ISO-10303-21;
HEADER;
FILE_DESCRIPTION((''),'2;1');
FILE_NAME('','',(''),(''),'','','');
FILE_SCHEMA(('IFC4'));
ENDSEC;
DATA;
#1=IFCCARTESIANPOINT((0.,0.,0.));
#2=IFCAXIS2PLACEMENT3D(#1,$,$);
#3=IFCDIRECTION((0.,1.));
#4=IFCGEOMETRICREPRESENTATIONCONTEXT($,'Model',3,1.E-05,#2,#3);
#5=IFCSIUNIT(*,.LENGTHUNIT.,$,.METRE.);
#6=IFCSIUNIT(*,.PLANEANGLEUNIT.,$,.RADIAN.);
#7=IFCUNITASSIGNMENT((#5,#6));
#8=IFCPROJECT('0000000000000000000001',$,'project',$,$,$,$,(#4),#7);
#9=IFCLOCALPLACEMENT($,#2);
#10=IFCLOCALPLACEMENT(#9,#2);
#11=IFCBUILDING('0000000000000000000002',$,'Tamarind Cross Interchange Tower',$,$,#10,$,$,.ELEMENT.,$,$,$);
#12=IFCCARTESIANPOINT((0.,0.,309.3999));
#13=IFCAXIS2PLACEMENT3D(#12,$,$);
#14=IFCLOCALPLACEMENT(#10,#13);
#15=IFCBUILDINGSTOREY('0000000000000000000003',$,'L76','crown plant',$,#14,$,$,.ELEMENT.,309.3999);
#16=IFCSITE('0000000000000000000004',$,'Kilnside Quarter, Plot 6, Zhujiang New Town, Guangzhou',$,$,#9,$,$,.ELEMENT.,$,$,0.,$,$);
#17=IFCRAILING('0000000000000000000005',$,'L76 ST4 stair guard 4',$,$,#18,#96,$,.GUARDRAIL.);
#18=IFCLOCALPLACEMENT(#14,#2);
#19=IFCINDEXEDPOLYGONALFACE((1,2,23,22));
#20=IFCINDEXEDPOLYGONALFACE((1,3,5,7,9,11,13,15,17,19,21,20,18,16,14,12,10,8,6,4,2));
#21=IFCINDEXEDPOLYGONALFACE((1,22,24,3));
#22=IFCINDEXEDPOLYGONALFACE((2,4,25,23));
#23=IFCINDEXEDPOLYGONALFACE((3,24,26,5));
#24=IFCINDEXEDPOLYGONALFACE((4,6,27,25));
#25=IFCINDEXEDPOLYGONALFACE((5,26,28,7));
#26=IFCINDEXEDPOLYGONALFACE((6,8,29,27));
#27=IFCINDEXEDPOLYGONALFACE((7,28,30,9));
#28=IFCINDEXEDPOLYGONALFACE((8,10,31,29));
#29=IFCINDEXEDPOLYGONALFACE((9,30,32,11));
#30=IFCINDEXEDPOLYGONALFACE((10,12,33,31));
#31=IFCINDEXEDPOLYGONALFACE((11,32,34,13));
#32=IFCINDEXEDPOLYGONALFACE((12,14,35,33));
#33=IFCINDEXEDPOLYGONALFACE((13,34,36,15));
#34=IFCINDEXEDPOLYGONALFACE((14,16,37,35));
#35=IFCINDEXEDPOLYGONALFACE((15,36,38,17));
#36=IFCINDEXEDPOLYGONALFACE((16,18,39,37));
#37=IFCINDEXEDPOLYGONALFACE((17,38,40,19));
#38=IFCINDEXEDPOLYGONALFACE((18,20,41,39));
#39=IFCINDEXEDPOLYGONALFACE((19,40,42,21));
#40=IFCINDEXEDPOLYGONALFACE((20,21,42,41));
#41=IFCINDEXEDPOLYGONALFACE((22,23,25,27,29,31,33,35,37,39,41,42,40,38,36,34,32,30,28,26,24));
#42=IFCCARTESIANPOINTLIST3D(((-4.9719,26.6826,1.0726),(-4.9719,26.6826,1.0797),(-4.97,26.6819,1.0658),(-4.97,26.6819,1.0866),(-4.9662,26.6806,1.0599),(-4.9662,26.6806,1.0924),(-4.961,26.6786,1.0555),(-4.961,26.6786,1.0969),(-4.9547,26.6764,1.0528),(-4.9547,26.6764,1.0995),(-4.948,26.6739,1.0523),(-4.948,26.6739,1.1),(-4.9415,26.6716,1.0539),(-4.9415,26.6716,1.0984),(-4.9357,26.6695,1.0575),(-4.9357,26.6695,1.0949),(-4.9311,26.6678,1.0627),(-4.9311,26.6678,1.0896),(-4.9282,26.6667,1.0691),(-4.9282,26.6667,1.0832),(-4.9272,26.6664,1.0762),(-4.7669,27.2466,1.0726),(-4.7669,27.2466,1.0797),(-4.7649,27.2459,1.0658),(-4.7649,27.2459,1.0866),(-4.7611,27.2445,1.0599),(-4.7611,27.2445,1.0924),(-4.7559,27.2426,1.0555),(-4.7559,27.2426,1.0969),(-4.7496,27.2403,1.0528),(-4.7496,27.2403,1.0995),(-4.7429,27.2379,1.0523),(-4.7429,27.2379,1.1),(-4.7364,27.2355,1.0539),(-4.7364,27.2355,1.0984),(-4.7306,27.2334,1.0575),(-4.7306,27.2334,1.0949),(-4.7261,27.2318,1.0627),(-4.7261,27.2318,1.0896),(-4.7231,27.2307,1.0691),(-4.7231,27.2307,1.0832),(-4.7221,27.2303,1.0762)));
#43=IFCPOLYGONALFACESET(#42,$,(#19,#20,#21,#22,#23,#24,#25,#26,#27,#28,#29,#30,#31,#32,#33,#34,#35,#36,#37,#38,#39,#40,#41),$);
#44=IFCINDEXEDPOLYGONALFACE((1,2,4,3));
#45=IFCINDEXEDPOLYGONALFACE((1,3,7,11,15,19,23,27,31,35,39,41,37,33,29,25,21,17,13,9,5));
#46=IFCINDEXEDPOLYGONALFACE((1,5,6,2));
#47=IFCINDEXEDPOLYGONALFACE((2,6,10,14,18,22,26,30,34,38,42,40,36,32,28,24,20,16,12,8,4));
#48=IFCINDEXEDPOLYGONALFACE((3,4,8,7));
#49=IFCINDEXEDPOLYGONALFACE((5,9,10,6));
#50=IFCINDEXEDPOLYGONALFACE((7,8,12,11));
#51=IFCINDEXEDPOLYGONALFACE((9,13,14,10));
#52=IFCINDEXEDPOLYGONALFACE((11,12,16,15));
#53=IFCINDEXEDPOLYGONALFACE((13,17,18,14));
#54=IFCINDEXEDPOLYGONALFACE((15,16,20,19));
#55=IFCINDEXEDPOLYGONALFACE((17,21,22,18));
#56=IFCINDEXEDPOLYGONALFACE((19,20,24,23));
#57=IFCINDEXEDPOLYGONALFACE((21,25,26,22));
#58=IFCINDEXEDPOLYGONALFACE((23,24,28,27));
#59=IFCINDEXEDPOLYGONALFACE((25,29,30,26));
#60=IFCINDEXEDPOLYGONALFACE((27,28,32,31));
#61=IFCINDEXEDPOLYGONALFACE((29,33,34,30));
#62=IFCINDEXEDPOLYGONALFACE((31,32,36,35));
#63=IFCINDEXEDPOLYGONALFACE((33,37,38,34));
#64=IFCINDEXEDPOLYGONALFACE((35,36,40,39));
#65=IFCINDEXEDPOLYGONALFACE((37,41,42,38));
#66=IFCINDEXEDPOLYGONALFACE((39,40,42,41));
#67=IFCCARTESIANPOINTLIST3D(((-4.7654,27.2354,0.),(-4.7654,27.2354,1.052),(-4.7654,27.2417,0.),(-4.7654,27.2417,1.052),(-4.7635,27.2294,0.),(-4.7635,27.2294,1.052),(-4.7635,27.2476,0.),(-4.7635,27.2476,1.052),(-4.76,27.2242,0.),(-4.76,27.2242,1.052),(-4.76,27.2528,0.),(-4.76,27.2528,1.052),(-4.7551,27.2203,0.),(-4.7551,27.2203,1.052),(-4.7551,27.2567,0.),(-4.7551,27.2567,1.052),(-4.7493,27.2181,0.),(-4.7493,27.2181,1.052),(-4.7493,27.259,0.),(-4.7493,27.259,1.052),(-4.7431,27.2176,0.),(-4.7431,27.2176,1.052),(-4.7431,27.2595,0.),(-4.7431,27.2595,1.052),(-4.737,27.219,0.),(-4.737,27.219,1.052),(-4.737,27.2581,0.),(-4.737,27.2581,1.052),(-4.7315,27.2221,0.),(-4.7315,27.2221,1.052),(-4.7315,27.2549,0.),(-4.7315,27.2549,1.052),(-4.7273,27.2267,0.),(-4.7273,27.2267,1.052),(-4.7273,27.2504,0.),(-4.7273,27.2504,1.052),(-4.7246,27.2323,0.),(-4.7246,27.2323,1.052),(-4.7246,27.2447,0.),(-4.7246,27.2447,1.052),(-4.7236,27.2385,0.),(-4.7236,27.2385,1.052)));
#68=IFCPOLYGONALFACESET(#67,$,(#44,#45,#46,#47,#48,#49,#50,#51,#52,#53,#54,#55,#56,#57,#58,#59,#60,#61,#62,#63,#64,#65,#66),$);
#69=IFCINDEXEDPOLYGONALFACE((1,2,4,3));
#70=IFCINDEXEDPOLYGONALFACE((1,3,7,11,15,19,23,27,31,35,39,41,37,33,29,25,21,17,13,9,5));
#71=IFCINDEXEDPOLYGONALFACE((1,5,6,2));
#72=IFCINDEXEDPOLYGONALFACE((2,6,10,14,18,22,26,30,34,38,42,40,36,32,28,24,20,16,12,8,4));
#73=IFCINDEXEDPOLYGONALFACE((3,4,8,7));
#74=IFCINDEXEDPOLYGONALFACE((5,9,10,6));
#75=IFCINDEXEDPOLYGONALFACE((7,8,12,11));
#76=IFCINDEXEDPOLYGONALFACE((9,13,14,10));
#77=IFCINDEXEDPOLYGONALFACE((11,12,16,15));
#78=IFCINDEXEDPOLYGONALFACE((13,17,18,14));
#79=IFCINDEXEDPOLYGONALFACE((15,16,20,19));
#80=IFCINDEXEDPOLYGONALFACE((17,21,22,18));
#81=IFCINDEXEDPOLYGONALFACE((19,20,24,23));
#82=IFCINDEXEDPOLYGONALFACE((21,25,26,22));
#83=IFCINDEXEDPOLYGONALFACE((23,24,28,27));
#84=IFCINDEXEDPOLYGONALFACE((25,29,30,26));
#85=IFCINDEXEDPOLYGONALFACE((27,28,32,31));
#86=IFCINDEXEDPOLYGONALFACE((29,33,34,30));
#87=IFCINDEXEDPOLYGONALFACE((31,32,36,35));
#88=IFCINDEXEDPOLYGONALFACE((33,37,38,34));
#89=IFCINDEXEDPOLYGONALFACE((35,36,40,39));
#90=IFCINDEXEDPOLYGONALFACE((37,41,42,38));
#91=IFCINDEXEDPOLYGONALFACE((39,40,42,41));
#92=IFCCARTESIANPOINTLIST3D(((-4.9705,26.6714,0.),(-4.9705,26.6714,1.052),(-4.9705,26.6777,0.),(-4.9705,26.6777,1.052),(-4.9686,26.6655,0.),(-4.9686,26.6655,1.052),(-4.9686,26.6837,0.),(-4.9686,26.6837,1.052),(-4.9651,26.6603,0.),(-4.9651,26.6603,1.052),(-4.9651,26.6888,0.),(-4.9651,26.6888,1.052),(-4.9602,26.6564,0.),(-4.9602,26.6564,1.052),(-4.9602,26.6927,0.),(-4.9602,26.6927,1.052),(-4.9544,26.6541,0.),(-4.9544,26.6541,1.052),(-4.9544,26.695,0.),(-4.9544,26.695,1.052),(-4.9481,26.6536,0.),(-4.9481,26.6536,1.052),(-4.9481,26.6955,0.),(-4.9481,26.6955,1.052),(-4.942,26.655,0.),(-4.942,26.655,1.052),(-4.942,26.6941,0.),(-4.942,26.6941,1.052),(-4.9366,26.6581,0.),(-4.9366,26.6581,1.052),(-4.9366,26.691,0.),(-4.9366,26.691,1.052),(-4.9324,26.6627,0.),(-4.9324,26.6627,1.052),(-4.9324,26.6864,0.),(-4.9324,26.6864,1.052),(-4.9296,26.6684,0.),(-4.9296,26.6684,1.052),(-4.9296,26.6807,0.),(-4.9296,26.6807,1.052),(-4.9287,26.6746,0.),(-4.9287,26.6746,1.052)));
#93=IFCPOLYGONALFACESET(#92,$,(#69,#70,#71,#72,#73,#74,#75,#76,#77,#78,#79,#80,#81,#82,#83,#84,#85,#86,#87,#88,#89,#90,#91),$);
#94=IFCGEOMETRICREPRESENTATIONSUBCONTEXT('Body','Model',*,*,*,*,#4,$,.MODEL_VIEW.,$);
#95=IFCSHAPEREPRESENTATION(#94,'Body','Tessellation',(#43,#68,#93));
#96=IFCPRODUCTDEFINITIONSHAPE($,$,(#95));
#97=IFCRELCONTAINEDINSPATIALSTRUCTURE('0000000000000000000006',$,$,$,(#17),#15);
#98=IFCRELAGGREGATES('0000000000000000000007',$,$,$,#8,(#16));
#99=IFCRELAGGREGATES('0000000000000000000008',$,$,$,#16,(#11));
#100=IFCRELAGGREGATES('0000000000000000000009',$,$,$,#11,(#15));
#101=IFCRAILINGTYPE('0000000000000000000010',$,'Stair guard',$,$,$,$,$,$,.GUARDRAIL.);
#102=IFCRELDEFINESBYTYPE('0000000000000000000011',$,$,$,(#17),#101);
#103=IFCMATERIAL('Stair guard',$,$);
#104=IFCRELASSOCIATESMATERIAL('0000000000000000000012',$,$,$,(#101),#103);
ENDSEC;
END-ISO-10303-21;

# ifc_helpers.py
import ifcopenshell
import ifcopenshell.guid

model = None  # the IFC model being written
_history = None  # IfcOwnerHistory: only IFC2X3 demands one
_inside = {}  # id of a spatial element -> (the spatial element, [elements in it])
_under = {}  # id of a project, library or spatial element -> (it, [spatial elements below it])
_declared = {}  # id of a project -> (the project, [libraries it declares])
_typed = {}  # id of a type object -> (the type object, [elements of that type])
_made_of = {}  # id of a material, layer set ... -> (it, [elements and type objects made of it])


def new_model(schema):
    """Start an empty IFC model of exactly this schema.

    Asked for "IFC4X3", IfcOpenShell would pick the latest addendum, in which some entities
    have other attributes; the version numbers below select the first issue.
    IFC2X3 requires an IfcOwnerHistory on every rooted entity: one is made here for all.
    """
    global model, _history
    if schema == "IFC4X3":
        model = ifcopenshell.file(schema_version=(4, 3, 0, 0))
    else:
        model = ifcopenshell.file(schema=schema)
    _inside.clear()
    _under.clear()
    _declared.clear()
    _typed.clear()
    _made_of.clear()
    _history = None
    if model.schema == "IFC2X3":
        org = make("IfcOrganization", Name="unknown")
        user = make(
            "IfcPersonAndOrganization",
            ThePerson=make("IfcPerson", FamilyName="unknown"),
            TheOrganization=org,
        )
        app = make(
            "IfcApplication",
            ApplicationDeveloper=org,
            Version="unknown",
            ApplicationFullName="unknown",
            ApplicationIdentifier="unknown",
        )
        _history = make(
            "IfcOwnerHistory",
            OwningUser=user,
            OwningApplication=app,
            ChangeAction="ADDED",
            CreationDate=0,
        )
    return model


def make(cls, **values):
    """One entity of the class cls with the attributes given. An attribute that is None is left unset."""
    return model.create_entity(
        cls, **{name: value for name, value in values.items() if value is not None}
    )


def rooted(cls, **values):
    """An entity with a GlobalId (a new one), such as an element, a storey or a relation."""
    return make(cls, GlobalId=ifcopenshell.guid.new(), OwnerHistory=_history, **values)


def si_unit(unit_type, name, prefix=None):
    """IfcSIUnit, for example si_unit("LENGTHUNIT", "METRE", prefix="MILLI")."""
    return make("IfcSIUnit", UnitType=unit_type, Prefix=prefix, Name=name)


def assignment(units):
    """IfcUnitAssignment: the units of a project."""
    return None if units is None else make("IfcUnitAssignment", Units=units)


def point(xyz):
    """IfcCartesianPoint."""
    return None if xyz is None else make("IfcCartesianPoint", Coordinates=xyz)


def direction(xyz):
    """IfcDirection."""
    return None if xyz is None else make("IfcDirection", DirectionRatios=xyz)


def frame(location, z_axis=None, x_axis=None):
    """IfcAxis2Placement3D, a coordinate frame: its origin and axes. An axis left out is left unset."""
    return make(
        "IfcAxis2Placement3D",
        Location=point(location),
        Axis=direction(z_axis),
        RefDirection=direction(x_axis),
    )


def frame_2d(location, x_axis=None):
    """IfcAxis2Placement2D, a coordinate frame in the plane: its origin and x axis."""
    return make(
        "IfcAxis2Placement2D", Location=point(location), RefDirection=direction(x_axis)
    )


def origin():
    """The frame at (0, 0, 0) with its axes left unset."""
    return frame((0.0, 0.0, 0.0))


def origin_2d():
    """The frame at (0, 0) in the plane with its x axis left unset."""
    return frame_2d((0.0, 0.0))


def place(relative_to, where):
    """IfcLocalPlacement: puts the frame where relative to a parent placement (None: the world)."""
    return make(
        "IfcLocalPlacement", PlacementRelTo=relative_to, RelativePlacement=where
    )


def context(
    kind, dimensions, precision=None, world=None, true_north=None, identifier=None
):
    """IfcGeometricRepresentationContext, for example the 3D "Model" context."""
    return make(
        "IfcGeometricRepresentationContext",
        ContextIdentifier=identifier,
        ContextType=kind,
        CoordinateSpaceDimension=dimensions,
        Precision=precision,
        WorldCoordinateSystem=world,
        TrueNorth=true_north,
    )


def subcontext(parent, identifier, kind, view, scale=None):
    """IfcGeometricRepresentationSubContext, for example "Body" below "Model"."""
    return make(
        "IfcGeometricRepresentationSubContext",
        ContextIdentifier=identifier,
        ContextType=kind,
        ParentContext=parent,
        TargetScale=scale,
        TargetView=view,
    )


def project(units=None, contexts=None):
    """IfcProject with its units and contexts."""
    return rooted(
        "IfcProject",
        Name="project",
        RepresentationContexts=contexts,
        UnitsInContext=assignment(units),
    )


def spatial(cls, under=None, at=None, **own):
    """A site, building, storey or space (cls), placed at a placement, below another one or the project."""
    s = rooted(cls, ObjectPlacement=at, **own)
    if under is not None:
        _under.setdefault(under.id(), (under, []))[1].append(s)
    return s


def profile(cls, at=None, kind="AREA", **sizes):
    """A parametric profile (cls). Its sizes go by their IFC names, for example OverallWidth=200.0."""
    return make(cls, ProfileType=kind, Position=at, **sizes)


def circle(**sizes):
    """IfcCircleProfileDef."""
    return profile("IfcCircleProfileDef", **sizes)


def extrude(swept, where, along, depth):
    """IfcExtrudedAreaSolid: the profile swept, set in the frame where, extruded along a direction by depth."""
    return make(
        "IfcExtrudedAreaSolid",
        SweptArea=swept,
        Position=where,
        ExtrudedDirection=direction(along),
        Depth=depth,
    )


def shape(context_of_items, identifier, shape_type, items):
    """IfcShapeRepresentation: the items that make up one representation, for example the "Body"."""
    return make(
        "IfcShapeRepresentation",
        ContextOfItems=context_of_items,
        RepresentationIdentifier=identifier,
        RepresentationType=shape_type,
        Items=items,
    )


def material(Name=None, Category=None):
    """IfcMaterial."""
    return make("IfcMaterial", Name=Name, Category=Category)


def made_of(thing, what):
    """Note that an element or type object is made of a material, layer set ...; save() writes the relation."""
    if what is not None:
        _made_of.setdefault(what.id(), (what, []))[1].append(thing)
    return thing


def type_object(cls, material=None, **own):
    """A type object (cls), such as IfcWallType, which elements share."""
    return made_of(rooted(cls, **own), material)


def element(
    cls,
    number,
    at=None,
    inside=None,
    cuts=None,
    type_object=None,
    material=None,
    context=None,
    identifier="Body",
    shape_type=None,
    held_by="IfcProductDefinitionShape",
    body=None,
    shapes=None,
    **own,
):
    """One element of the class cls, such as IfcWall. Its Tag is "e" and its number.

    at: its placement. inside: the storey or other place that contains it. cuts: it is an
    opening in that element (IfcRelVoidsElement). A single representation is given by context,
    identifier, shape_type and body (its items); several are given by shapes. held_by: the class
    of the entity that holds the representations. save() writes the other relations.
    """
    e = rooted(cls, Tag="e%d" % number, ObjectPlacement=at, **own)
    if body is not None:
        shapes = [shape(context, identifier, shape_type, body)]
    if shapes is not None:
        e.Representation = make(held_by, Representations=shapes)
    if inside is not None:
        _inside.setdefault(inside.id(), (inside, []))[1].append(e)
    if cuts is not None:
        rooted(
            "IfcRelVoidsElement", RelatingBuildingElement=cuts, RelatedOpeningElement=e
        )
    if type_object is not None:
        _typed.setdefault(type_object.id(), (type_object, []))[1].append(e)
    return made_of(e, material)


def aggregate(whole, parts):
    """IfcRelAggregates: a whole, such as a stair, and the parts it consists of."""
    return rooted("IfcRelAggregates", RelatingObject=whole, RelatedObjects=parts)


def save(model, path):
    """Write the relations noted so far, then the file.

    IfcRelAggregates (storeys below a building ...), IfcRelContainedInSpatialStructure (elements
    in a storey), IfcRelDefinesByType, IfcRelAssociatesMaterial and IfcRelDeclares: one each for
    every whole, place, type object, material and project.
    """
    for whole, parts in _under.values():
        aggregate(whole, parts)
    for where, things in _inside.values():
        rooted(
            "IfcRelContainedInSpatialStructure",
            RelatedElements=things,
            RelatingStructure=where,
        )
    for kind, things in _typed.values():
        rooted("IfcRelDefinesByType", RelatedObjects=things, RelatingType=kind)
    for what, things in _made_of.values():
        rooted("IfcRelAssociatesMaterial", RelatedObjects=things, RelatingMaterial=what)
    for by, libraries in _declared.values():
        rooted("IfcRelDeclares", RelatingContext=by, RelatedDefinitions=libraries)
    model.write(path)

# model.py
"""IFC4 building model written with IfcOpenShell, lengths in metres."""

from ifc_helpers import new_model, si_unit, direction, frame, origin, origin_2d, place, context, subcontext, project, spatial, circle, extrude, material, type_object, element, save


model = new_model("IFC4")

# Units and contexts
model_context = context("Model", 3, precision=1e-05, world=origin(), true_north=direction((0.0, 1.0)))
body_context = subcontext(model_context, "Body", "Model", "MODEL_VIEW")
ifc_project = project(units=[si_unit("LENGTHUNIT", "METRE"), si_unit("PLANEANGLEUNIT", "RADIAN")], contexts=[model_context])

# Site, building, storey
site_placement = place(None, origin())
site = spatial("IfcSite", under=ifc_project, at=site_placement, Name="Kilnside Quarter, Plot 6, Zhujiang New Town, Guangzhou", CompositionType="ELEMENT", RefElevation=0.0)
building_placement = place(site_placement, origin())
building = spatial("IfcBuilding", under=site, at=building_placement, Name="Tamarind Cross Interchange Tower", CompositionType="ELEMENT")
storey_placement = place(building_placement, frame((0.0, 0.0, 309.3999)))
storey = spatial("IfcBuildingStorey", under=building, at=storey_placement, Name="L76", Description="crown plant", CompositionType="ELEMENT", Elevation=309.3999)

# Railing
ifc_material_1 = material(Name="Stair guard")
railing_type_1 = type_object("IfcRailingType", Name="Stair guard", PredefinedType="GUARDRAIL", material=ifc_material_1)
railing_1_placement = place(storey_placement, frame((-4.7446, 27.2385, 0.0)))
element("IfcRailing", 1, at=railing_1_placement, inside=storey, type_object=railing_type_1, Name="L76 ST4 stair guard 4", PredefinedType="GUARDRAIL", context=body_context, shape_type="SweptSolid", body=[
    extrude(circle(Radius=0.0239, at=origin_2d()), frame((0.0, 0.0, 1.0762), z_axis=(-0.341743, -0.939793, 0.0), x_axis=(0.939793, -0.341743, 0.0)), (0.0, 0.0, 1.0), 0.6001),
    extrude(circle(Radius=0.021, at=origin_2d()), origin(), (0.0, 0.0, 1.0), 1.052),
    extrude(circle(Radius=0.021, at=origin_2d()), frame((-0.2051, -0.564, 0.0)), (0.0, 0.0, 1.0), 1.052),
])

save(model, "model.ifc")
